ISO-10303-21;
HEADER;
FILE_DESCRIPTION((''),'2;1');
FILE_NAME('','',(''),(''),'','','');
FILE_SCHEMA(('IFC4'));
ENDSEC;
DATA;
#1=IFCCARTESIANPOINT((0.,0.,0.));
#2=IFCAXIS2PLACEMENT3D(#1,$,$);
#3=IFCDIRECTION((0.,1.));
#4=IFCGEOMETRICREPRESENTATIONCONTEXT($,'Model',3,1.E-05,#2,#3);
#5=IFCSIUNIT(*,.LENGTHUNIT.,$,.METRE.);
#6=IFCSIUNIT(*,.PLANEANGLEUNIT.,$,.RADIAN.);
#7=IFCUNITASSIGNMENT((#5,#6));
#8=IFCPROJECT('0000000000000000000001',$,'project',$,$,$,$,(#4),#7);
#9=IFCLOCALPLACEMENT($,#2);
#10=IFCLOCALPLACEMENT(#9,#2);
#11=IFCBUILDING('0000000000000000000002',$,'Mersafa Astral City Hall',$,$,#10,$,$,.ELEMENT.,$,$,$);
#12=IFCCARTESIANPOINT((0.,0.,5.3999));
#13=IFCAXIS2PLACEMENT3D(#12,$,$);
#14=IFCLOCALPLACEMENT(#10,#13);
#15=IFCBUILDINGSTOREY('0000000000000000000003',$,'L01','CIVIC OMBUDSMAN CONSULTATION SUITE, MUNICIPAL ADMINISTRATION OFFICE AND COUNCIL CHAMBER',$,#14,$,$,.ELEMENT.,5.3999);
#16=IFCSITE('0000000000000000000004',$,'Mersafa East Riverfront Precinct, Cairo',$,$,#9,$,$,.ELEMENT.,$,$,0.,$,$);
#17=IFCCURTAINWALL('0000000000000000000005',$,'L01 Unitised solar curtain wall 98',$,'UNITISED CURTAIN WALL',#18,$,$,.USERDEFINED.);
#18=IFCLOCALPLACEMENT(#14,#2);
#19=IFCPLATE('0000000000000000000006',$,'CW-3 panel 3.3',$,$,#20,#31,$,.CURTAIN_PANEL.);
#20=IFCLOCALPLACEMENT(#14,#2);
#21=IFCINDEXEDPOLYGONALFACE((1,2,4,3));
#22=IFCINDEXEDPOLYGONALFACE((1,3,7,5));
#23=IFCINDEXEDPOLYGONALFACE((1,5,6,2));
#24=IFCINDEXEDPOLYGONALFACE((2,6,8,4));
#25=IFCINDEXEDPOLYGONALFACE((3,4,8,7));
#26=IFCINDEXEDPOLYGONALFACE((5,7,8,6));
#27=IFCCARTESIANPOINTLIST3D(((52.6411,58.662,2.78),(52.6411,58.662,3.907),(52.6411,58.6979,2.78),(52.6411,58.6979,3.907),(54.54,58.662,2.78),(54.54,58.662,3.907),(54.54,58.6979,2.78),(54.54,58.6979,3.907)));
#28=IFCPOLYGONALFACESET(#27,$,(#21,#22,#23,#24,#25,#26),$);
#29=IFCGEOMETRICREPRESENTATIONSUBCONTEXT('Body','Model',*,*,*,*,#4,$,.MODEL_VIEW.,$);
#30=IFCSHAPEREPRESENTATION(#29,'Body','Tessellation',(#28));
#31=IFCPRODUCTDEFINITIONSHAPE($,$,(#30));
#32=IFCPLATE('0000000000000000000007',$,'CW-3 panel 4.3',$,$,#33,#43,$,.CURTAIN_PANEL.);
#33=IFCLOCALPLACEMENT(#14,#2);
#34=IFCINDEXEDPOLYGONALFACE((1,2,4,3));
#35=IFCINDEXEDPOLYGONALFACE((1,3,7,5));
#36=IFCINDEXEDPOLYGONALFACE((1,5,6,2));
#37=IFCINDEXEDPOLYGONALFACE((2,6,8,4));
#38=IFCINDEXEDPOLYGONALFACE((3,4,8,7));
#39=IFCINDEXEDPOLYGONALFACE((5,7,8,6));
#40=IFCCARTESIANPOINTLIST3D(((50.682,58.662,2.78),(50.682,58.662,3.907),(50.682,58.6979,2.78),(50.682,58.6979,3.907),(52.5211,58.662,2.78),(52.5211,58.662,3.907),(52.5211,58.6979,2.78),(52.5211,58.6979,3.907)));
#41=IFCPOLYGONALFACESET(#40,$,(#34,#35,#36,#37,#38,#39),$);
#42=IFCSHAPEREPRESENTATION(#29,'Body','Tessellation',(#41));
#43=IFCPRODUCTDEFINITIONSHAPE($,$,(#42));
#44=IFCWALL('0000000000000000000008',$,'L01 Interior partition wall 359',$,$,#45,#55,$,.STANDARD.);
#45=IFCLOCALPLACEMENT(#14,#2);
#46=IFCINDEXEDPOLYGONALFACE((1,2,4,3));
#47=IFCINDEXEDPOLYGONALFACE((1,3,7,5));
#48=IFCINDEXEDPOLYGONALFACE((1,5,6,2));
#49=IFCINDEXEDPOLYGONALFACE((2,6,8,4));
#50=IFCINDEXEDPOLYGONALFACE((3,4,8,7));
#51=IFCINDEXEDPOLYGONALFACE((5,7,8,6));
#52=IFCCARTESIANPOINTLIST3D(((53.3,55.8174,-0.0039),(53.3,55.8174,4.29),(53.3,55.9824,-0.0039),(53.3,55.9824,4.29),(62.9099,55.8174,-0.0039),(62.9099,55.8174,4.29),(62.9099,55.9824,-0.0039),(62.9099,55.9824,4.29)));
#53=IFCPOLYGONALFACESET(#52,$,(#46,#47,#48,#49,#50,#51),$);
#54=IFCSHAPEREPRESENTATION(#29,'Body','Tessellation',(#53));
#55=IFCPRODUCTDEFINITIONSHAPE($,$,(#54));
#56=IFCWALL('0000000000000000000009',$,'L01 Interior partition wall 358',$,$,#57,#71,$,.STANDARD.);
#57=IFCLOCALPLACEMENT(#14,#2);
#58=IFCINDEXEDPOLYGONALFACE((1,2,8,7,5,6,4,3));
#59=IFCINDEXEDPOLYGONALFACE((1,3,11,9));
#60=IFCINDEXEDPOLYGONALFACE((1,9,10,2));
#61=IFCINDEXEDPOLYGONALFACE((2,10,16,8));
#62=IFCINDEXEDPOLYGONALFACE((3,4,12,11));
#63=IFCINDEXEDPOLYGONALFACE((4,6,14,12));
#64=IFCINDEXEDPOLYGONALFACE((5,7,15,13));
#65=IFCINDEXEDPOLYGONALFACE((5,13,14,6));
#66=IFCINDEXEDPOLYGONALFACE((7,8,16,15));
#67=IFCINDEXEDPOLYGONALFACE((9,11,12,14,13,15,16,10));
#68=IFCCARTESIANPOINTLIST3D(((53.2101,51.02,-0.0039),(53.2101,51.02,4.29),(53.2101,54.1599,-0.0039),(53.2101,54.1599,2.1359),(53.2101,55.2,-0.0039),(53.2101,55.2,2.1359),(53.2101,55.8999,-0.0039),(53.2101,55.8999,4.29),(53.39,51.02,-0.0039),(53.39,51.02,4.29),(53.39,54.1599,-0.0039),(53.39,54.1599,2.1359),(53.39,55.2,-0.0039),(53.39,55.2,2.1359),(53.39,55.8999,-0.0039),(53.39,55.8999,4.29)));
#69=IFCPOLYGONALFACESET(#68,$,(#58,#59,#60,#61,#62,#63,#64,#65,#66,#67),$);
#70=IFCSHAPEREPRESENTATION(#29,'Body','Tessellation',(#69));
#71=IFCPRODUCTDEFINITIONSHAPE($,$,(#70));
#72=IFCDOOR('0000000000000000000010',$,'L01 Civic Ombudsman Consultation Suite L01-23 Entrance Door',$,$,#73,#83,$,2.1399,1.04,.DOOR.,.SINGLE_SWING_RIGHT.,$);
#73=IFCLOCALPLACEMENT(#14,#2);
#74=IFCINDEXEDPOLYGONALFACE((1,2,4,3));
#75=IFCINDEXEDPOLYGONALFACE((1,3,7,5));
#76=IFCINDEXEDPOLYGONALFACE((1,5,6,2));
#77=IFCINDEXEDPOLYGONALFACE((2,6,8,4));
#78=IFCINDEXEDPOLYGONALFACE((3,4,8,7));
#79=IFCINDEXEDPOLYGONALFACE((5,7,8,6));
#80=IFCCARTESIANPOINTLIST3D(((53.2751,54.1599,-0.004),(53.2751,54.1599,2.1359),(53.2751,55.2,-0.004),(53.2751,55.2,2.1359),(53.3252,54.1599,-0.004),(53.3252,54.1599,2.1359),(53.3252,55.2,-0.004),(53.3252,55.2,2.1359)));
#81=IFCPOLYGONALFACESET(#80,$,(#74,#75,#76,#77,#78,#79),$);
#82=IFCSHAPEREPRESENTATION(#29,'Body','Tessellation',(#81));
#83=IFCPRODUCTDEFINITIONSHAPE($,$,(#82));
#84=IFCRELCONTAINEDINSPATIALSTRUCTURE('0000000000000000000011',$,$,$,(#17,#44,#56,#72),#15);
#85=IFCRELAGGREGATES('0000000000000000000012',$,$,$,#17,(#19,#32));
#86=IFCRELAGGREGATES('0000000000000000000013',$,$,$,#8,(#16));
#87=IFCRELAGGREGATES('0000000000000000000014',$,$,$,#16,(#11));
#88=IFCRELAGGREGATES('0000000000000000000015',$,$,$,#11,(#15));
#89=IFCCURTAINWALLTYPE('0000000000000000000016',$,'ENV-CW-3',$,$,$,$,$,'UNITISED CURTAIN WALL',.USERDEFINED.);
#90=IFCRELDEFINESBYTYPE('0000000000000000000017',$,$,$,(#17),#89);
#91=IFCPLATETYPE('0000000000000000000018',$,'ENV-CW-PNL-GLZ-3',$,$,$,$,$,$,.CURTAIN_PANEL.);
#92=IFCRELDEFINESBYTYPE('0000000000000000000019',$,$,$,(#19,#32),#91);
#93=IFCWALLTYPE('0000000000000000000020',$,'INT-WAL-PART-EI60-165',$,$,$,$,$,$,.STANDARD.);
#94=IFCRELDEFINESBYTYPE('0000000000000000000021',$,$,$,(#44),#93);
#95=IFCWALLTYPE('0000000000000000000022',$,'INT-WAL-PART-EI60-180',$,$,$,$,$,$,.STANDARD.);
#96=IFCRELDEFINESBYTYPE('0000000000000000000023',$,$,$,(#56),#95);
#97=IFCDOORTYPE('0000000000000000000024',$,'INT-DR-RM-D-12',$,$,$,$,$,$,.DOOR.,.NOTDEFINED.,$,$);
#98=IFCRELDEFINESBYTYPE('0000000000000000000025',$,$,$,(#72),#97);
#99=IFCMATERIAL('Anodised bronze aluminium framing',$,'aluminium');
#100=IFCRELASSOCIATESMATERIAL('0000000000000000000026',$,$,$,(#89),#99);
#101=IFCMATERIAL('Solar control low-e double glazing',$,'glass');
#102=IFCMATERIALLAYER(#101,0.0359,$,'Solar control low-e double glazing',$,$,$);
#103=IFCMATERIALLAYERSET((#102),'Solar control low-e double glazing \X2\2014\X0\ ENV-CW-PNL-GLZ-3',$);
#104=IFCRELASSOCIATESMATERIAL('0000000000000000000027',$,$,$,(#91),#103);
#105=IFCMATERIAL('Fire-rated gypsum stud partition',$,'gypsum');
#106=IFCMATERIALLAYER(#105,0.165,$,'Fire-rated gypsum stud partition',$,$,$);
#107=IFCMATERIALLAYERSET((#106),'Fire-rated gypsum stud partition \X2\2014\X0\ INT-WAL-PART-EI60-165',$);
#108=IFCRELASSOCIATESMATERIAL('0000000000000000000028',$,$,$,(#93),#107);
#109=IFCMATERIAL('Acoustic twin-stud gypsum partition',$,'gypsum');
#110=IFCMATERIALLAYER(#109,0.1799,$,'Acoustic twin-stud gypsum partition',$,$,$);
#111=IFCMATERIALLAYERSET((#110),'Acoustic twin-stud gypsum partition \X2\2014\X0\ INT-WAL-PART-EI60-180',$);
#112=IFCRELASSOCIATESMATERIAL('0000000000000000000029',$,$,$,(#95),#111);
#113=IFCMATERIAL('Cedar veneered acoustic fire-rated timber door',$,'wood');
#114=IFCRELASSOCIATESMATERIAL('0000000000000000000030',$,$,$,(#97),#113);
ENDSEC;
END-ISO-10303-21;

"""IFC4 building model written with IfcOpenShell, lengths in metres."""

from ifc_helpers import new_model, si_unit, direction, frame, frame_2d, origin, origin_2d, place, context, subcontext, project, spatial, rectangle, extrude, material, layer, layer_set, type_object, element, fill, aggregate, save


model = new_model("IFC4")

# Units and contexts
model_context = context("Model", 3, precision=1e-05, world=origin(), true_north=direction((0.0, 1.0)))
body_context = subcontext(model_context, "Body", "Model", "MODEL_VIEW")
ifc_project = project(units=[si_unit("LENGTHUNIT", "METRE"), si_unit("PLANEANGLEUNIT", "RADIAN")], contexts=[model_context])

# Site, building, storey
site_placement = place(None, origin())
site = spatial("IfcSite", under=ifc_project, at=site_placement, Name="Mersafa East Riverfront Precinct, Cairo", CompositionType="ELEMENT", RefElevation=0.0)
building_placement = place(site_placement, origin())
building = spatial("IfcBuilding", under=site, at=building_placement, Name="Mersafa Astral City Hall", CompositionType="ELEMENT")
storey_placement = place(building_placement, frame((0.0, 0.0, 5.3999)))
storey = spatial("IfcBuildingStorey", under=building, at=storey_placement, Name="L01", Description="CIVIC OMBUDSMAN CONSULTATION SUITE, MUNICIPAL ADMINISTRATION OFFICE AND COUNCIL CHAMBER", CompositionType="ELEMENT", Elevation=5.3999)

# Curtain wall, plates
ifc_material_1 = material(Name="Anodised bronze aluminium framing", Category="aluminium")
curtain_wall_type = type_object("IfcCurtainWallType", Name="ENV-CW-3", ElementType="UNITISED CURTAIN WALL", PredefinedType="USERDEFINED", material=ifc_material_1)
curtain_wall_placement = place(storey_placement, origin())
curtain_wall = element("IfcCurtainWall", 1, at=curtain_wall_placement, inside=storey, type_object=curtain_wall_type, Name="L01 Unitised solar curtain wall 98", ObjectType="UNITISED CURTAIN WALL", PredefinedType="USERDEFINED")
ifc_material_2 = material(Name="Solar control low-e double glazing", Category="glass")
ifc_layer_1 = layer(ifc_material_2, 0.0359, Name="Solar control low-e double glazing")
ifc_layer_set_1 = layer_set([ifc_layer_1], Name="Solar control low-e double glazing — ENV-CW-PNL-GLZ-3")
plate_type = type_object("IfcPlateType", Name="ENV-CW-PNL-GLZ-3", PredefinedType="CURTAIN_PANEL", material=ifc_layer_set_1)
plate_1_placement = place(storey_placement, frame((53.5906, 58.6799, 2.78), z_axis=(0.0, 0.0, 1.0), x_axis=(-1.0, 0.0, 0.0)))
plate_1 = element("IfcPlate", 2, at=plate_1_placement, type_object=plate_type, Name="CW-3 panel 3.3", PredefinedType="CURTAIN_PANEL", context=body_context, shape_type="SweptSolid", body=[
    extrude(rectangle(XDim=1.8989, YDim=0.0359, at=origin_2d()), origin(), (0.0, 0.0, 1.0), 1.127),
])
plate_2_placement = place(storey_placement, frame((51.6016, 58.6799, 2.78), z_axis=(0.0, 0.0, 1.0), x_axis=(-1.0, 0.0, 0.0)))
plate_2 = element("IfcPlate", 3, at=plate_2_placement, type_object=plate_type, Name="CW-3 panel 4.3", PredefinedType="CURTAIN_PANEL", context=body_context, shape_type="SweptSolid", body=[
    extrude(rectangle(XDim=1.8391, YDim=0.0359, at=origin_2d()), origin(), (0.0, 0.0, 1.0), 1.127),
])
aggregate(curtain_wall, [plate_1, plate_2])

# Wall
ifc_material_3 = material(Name="Fire-rated gypsum stud partition", Category="gypsum")
ifc_layer_2 = layer(ifc_material_3, 0.165, Name="Fire-rated gypsum stud partition")
ifc_layer_set_2 = layer_set([ifc_layer_2], Name="Fire-rated gypsum stud partition — INT-WAL-PART-EI60-165")
wall_type_1 = type_object("IfcWallType", Name="INT-WAL-PART-EI60-165", PredefinedType="STANDARD", material=ifc_layer_set_2)
wall_1_placement = place(storey_placement, frame((53.3, 55.8999, -0.0039), z_axis=(0.0, 0.0, 1.0), x_axis=(1.0, 0.0, 0.0)))
element("IfcWall", 4, at=wall_1_placement, inside=storey, type_object=wall_type_1, Name="L01 Interior partition wall 359", PredefinedType="STANDARD", context=body_context, shape_type="SweptSolid", body=[
    extrude(rectangle(XDim=9.6099, YDim=0.165, at=frame_2d((4.8049, 0.0))), origin(), (0.0, 0.0, 1.0), 4.2939),
])

# Wall, opening, door
ifc_material_4 = material(Name="Acoustic twin-stud gypsum partition", Category="gypsum")
ifc_layer_3 = layer(ifc_material_4, 0.1799, Name="Acoustic twin-stud gypsum partition")
ifc_layer_set_3 = layer_set([ifc_layer_3], Name="Acoustic twin-stud gypsum partition — INT-WAL-PART-EI60-180")
wall_type_2 = type_object("IfcWallType", Name="INT-WAL-PART-EI60-180", PredefinedType="STANDARD", material=ifc_layer_set_3)
wall_2_placement = place(storey_placement, frame((53.3, 51.02, -0.0039), z_axis=(0.0, 0.0, 1.0), x_axis=(0.0, 1.0, 0.0)))
wall_2 = element("IfcWall", 5, at=wall_2_placement, inside=storey, type_object=wall_type_2, Name="L01 Interior partition wall 358", PredefinedType="STANDARD", context=body_context, shape_type="SweptSolid", body=[
    extrude(rectangle(XDim=4.8799, YDim=0.1799, at=frame_2d((2.4399, 0.0))), origin(), (0.0, 0.0, 1.0), 4.2939),
])
opening_placement = place(wall_2_placement, frame((3.1399, 0.0, 0.0)))
opening = element("IfcOpeningElement", 6, at=opening_placement, cuts=wall_2, PredefinedType="OPENING", context=body_context, shape_type="SweptSolid", body=[
    extrude(rectangle(XDim=1.04, YDim=2.1399, at=frame_2d((0.52, 1.0698))), frame((0.0, 0.0999, 0.0), z_axis=(0.0, -1.0, 0.0), x_axis=(1.0, 0.0, 0.0)), (0.0, 0.0, 1.0), 0.2),
])
ifc_material_5 = material(Name="Cedar veneered acoustic fire-rated timber door", Category="wood")
door_type = type_object("IfcDoorType", Name="INT-DR-RM-D-12", OperationType="NOTDEFINED", PredefinedType="DOOR", material=ifc_material_5)
door_placement = place(opening_placement, origin())
door = element("IfcDoor", 7, at=door_placement, inside=storey, type_object=door_type, Name="L01 Civic Ombudsman Consultation Suite L01-23 Entrance Door", OperationType="SINGLE_SWING_RIGHT", OverallHeight=2.1399, OverallWidth=1.04, PredefinedType="DOOR", context=body_context, shape_type="SweptSolid", body=[
    extrude(rectangle(XDim=1.04, YDim=2.1399, at=frame_2d((0.52, 1.0698))), frame((0.0, 0.0249, 0.0), z_axis=(0.0, -1.0, 0.0), x_axis=(1.0, 0.0, 0.0)), (0.0, 0.0, 1.0), 0.05),
])
fill(opening, door)

save(model, "model.ifc")
